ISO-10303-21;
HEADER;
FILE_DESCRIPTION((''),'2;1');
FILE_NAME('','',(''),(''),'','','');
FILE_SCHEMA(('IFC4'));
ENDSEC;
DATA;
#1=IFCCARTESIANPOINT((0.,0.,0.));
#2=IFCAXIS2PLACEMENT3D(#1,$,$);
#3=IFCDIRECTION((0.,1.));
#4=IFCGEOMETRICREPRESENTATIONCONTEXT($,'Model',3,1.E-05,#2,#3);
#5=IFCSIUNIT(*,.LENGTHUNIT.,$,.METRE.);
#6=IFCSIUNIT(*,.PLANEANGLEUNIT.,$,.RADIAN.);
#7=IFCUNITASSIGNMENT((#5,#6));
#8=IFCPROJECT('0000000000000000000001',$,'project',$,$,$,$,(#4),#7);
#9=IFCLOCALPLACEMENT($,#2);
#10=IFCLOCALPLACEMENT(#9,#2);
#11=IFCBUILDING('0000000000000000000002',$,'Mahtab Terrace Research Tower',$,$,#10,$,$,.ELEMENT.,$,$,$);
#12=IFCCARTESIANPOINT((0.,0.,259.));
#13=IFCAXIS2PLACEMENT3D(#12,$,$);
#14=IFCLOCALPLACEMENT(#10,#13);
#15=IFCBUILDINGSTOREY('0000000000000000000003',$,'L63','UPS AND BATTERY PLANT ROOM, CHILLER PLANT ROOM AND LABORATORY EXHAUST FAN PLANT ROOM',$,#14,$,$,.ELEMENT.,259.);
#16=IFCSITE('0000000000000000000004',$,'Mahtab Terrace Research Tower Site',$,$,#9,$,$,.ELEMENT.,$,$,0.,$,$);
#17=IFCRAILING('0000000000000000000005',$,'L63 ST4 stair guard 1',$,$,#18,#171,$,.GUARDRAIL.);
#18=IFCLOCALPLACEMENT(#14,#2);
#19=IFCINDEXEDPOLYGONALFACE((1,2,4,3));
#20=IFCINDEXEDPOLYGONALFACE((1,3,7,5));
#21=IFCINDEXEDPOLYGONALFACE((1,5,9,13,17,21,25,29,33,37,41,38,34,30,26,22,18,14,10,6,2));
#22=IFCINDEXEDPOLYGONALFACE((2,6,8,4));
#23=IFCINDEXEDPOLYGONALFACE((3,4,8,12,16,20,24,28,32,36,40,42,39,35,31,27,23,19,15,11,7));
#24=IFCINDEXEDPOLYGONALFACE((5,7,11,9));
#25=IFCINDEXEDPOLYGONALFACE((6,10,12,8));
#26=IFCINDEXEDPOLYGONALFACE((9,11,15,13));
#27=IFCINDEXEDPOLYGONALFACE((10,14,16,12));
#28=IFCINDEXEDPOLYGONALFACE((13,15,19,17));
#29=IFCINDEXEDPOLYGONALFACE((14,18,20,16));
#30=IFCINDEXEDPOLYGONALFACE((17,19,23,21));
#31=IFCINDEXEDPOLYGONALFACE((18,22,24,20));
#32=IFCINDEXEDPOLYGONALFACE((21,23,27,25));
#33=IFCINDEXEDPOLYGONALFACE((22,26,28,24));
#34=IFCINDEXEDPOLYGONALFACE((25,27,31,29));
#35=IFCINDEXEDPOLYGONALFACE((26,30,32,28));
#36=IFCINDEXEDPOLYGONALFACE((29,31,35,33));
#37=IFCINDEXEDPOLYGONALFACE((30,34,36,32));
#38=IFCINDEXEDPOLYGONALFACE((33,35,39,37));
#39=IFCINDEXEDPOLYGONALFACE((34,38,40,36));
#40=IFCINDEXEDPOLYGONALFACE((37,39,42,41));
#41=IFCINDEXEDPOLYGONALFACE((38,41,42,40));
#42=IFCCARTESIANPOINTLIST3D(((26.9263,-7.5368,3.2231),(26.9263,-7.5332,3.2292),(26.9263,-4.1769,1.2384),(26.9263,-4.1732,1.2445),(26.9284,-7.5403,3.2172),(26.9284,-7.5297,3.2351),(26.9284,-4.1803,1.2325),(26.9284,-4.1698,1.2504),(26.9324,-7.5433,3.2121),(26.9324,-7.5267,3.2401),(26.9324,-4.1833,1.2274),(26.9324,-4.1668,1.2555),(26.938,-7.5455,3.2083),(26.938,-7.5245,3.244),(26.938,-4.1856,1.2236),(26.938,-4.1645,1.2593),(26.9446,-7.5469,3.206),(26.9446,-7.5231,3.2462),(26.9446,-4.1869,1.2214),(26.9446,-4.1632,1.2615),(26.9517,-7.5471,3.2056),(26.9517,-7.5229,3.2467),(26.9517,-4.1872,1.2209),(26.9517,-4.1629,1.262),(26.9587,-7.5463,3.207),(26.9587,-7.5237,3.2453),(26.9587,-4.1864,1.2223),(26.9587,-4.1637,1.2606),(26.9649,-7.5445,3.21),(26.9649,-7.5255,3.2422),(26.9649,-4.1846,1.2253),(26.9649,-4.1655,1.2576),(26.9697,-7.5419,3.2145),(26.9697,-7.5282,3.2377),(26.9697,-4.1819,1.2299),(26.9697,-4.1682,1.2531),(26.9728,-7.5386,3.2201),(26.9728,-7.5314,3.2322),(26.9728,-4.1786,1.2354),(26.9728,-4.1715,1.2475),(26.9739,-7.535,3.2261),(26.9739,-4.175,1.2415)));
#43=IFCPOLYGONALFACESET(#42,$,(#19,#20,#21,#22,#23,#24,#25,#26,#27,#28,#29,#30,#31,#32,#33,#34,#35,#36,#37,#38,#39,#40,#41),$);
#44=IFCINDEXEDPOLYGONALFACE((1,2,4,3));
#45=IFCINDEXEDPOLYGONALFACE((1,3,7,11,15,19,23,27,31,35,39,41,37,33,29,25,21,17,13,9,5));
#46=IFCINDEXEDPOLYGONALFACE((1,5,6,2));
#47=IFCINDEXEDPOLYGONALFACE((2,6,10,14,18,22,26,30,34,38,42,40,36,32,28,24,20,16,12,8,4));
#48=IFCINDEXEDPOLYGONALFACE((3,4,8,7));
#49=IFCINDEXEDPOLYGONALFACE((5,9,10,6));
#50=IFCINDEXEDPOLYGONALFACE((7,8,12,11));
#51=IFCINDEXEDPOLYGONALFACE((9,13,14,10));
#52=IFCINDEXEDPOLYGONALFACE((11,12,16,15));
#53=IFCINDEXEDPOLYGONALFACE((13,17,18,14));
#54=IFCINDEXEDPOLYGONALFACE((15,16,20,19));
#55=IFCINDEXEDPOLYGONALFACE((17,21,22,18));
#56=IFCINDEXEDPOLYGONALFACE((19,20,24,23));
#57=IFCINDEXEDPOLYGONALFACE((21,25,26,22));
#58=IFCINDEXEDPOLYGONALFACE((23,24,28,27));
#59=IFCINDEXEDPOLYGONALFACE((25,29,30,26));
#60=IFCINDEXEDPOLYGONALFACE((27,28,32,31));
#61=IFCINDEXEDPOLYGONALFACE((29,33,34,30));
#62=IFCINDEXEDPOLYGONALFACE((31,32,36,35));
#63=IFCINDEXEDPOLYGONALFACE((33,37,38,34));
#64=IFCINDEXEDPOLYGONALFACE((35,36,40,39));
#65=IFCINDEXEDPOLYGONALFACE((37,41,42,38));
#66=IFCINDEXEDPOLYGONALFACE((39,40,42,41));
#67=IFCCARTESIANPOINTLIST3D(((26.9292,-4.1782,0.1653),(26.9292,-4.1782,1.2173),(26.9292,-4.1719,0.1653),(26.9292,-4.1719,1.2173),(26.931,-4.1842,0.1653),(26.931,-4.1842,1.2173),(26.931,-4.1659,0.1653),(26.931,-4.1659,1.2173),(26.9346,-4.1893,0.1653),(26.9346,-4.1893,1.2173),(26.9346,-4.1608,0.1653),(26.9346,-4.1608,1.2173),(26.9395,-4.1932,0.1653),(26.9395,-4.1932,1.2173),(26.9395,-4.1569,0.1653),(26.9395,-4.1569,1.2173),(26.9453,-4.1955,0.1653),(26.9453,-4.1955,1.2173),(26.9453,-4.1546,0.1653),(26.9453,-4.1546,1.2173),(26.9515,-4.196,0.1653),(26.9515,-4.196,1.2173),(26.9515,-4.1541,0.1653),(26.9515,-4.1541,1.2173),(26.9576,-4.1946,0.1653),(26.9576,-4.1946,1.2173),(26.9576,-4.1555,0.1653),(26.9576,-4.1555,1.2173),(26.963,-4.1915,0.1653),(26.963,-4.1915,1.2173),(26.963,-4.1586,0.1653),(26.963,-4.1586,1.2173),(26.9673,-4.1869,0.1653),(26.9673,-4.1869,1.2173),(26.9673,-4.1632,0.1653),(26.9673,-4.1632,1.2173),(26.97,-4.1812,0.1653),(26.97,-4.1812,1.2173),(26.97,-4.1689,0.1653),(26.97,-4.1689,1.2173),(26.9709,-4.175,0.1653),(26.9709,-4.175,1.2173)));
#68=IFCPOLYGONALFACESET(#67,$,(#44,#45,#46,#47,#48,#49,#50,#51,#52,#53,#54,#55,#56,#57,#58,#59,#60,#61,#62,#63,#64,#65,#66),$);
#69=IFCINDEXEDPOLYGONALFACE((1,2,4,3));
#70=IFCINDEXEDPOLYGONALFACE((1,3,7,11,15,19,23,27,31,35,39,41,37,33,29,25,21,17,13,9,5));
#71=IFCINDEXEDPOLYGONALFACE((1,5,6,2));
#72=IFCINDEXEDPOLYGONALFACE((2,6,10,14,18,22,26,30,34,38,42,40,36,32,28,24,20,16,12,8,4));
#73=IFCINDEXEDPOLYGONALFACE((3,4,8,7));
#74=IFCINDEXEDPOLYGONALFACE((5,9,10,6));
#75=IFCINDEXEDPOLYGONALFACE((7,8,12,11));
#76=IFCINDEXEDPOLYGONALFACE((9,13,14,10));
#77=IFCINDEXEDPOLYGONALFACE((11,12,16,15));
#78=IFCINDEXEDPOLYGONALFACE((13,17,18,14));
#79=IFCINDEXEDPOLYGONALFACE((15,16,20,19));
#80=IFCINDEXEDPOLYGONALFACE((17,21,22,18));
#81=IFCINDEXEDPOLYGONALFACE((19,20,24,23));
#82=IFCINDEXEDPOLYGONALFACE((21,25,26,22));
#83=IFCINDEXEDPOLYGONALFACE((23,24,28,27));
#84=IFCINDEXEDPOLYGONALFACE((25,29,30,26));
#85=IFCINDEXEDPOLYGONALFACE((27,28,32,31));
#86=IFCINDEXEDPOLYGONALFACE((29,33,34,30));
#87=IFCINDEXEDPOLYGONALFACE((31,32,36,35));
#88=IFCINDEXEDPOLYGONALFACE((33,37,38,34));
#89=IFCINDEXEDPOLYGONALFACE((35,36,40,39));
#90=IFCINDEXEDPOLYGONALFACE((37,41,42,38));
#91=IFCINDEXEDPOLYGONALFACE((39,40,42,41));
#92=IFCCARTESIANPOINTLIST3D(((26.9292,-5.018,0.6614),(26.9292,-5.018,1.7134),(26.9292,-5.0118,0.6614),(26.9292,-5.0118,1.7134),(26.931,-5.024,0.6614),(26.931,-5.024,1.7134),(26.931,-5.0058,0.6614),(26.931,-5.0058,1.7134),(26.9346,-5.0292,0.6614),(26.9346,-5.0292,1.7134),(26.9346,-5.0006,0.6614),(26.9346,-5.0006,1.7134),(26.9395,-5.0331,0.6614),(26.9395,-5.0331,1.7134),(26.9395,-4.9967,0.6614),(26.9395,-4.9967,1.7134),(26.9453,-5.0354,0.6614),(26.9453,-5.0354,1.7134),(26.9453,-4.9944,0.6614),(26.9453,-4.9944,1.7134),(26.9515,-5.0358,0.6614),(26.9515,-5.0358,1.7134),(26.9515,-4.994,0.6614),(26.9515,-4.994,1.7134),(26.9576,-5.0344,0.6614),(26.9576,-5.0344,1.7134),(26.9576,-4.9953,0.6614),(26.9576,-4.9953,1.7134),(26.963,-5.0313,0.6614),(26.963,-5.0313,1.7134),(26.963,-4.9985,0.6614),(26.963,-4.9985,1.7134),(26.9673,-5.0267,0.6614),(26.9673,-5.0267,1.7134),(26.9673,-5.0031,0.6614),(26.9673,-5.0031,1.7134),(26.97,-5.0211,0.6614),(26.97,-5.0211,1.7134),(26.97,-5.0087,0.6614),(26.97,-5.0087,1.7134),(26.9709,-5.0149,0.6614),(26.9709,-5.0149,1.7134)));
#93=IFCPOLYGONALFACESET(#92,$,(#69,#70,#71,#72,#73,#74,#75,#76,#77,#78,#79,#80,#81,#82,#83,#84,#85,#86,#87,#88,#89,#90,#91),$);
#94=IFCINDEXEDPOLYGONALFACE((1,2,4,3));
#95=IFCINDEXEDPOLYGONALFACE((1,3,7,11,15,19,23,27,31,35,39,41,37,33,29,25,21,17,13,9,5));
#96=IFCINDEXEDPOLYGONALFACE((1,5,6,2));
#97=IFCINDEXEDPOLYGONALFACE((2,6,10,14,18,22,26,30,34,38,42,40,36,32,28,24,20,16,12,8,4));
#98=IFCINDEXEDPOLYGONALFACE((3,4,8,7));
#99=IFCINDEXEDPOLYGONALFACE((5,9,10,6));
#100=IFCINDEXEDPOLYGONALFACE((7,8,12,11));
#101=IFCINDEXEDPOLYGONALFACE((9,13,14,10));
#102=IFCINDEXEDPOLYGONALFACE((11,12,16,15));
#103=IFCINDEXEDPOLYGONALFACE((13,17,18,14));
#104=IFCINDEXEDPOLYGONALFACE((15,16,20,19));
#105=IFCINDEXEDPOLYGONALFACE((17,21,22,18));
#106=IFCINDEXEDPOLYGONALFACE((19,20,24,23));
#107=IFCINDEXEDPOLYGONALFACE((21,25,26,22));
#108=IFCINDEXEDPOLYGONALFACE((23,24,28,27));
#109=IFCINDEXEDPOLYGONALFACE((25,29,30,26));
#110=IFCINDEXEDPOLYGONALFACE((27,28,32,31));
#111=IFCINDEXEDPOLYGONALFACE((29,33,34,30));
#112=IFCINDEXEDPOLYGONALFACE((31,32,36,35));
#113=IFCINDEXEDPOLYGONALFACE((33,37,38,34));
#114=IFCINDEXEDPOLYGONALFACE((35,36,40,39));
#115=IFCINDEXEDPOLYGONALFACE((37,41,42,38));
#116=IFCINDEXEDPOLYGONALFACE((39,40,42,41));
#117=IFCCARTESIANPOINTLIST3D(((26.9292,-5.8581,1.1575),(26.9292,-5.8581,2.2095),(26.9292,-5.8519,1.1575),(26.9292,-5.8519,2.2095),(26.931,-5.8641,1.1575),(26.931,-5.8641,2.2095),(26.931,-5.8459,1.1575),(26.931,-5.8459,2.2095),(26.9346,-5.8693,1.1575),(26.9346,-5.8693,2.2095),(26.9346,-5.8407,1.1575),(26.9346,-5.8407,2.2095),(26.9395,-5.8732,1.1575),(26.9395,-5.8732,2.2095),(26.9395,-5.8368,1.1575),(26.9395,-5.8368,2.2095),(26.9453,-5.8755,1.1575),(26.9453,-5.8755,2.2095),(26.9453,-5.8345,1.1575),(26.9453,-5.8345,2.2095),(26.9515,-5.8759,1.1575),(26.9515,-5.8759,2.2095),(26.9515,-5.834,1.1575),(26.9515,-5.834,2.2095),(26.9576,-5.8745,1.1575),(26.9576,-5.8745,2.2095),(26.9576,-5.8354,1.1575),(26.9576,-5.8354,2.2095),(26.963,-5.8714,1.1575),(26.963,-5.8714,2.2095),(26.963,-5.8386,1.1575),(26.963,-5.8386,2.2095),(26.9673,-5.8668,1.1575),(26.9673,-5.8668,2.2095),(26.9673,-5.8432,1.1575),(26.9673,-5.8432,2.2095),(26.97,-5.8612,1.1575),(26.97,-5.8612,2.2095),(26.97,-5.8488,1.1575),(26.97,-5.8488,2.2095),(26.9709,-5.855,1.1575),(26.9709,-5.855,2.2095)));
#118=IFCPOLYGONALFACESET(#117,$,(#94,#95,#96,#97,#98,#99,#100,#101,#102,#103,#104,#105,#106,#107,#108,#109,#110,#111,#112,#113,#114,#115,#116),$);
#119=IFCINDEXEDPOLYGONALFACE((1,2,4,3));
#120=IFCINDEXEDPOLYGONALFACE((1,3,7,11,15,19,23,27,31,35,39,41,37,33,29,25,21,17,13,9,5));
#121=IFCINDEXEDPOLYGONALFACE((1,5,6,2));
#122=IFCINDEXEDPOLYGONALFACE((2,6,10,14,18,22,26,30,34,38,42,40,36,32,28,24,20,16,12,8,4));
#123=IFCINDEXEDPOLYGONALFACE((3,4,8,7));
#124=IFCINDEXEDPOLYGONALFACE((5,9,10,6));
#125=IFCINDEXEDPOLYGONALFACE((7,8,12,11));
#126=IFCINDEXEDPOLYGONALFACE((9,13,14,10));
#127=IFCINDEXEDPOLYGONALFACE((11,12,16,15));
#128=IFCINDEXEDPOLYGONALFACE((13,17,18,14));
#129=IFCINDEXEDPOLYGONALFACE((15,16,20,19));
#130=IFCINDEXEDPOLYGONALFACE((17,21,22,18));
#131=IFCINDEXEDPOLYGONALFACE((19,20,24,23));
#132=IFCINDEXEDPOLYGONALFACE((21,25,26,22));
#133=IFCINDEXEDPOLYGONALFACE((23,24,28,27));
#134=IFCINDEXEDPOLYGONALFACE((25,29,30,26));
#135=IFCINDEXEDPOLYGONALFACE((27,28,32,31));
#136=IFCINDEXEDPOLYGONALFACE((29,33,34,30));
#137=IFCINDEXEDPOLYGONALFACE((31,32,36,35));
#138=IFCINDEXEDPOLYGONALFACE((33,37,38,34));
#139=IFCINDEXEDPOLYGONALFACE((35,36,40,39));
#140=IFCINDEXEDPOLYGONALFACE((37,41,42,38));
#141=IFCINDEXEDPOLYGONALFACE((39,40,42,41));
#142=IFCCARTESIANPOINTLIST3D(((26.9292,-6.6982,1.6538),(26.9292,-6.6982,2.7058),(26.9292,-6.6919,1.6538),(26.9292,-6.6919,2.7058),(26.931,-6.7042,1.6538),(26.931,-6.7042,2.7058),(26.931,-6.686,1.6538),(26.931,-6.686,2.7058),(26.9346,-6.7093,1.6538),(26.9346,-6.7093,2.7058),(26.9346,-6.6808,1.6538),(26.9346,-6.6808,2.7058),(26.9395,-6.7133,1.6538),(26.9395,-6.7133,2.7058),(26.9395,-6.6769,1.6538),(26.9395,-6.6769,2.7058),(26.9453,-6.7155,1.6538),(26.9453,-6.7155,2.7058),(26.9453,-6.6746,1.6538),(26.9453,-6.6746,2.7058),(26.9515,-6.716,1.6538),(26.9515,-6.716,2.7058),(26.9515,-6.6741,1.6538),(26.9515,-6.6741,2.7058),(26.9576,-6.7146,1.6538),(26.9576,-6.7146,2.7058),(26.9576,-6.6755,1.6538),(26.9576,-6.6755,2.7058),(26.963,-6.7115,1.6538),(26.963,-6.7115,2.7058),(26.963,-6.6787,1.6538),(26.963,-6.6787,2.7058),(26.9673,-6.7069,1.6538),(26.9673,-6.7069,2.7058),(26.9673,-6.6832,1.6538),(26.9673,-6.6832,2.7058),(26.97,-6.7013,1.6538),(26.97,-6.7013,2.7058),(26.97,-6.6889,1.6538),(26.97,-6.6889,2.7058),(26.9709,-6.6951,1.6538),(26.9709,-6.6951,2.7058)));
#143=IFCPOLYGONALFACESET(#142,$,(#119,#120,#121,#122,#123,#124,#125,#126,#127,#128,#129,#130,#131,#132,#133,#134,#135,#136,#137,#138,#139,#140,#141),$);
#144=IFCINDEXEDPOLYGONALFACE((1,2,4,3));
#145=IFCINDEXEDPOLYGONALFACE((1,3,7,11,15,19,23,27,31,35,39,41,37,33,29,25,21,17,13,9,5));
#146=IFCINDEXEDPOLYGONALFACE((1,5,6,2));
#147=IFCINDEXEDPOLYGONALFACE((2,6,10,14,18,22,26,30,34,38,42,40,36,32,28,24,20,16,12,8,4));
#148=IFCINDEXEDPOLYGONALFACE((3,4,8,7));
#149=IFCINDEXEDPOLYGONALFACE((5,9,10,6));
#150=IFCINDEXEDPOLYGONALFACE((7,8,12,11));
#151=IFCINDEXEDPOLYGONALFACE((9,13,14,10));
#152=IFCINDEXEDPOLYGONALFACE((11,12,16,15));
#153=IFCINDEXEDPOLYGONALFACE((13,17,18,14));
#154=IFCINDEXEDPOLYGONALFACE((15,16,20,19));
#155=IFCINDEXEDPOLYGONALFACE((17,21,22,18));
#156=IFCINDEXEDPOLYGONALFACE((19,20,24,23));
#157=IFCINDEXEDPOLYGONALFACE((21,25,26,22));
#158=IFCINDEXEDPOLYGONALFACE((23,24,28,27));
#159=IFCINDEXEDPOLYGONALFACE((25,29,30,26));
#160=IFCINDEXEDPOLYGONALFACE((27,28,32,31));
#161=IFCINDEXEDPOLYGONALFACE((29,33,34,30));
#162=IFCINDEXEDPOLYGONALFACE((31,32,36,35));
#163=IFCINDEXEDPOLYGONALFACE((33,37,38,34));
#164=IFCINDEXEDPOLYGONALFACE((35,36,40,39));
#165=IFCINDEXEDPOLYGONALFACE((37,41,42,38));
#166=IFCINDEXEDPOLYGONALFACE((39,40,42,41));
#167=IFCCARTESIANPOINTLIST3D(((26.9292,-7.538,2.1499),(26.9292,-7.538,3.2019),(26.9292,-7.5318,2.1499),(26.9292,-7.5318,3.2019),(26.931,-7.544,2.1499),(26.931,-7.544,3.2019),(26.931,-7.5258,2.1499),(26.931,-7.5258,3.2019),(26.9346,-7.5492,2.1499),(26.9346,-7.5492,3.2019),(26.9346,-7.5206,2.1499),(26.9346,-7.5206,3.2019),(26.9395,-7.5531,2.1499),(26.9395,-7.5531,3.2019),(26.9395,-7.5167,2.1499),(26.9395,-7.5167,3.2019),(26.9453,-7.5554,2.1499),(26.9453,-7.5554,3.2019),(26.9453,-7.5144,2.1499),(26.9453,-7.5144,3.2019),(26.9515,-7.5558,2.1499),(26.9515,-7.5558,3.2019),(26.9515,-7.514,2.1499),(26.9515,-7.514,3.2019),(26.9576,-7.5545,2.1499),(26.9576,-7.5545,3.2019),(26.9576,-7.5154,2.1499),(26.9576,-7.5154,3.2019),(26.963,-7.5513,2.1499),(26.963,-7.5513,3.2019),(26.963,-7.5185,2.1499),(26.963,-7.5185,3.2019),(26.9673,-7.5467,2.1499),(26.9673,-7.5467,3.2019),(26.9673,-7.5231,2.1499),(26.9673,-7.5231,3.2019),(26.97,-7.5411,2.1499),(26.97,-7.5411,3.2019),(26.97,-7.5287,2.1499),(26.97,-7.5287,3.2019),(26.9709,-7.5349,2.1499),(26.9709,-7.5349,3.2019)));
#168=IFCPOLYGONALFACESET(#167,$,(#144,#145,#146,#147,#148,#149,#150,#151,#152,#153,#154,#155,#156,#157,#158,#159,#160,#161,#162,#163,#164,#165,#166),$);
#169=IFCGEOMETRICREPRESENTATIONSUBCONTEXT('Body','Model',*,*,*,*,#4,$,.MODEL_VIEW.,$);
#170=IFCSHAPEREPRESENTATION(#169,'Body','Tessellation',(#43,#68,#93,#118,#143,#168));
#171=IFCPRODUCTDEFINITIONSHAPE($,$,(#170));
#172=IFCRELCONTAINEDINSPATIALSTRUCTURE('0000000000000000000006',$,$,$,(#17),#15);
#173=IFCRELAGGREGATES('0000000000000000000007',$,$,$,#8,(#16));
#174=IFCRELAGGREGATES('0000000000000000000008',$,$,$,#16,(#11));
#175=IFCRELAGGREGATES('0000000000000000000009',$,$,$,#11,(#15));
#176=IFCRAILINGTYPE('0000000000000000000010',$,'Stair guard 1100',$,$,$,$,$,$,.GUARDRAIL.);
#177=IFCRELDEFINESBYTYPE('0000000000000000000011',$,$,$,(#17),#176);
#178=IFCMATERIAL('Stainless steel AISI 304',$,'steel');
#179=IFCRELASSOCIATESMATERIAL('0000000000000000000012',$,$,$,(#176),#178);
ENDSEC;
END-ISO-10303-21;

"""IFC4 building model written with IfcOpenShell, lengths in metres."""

from ifc_helpers import new_model, si_unit, direction, frame, origin, origin_2d, place, context, subcontext, project, spatial, circle, extrude, material, type_object, element, save


model = new_model("IFC4")

# Units and contexts
model_context = context("Model", 3, precision=1e-05, world=origin(), true_north=direction((0.0, 1.0)))
body_context = subcontext(model_context, "Body", "Model", "MODEL_VIEW")
ifc_project = project(units=[si_unit("LENGTHUNIT", "METRE"), si_unit("PLANEANGLEUNIT", "RADIAN")], contexts=[model_context])

# Site, building, storey
site_placement = place(None, origin())
site = spatial("IfcSite", under=ifc_project, at=site_placement, Name="Mahtab Terrace Research Tower Site", CompositionType="ELEMENT", RefElevation=0.0)
building_placement = place(site_placement, origin())
building = spatial("IfcBuilding", under=site, at=building_placement, Name="Mahtab Terrace Research Tower", CompositionType="ELEMENT")
storey_placement = place(building_placement, frame((0.0, 0.0, 259.0)))
storey = spatial("IfcBuildingStorey", under=building, at=storey_placement, Name="L63", Description="UPS AND BATTERY PLANT ROOM, CHILLER PLANT ROOM AND LABORATORY EXHAUST FAN PLANT ROOM", CompositionType="ELEMENT", Elevation=259.0)

# Railing
ifc_material_1 = material(Name="Stainless steel AISI 304", Category="steel")
railing_type_1 = type_object("IfcRailingType", Name="Stair guard 1100", PredefinedType="GUARDRAIL", material=ifc_material_1)
railing_1_placement = place(storey_placement, frame((26.95, -4.175, 0.1653)))
element("IfcRailing", 1, at=railing_1_placement, inside=storey, type_object=railing_type_1, Name="L63 ST4 stair guard 1", PredefinedType="GUARDRAIL", context=body_context, shape_type="SweptSolid", body=[
    extrude(circle(Radius=0.0239, at=origin_2d()), frame((0.0, 0.0, 1.0762), z_axis=(0.0, -0.861011, 0.508586), x_axis=(1.0, 0.0, 0.0)), (0.0, 0.0, 1.0), 3.9023),
    extrude(circle(Radius=0.021, at=origin_2d()), origin(), (0.0, 0.0, 1.0), 1.052),
    extrude(circle(Radius=0.021, at=origin_2d()), frame((0.0, -0.8398, 0.4961)), (0.0, 0.0, 1.0), 1.052),
    extrude(circle(Radius=0.021, at=origin_2d()), frame((0.0, -1.6799, 0.9922)), (0.0, 0.0, 1.0), 1.052),
    extrude(circle(Radius=0.021, at=origin_2d()), frame((0.0, -2.52, 1.4885)), (0.0, 0.0, 1.0), 1.052),
    extrude(circle(Radius=0.021, at=origin_2d()), frame((0.0, -3.3599, 1.9846)), (0.0, 0.0, 1.0), 1.052),
])

save(model, "model.ifc")
